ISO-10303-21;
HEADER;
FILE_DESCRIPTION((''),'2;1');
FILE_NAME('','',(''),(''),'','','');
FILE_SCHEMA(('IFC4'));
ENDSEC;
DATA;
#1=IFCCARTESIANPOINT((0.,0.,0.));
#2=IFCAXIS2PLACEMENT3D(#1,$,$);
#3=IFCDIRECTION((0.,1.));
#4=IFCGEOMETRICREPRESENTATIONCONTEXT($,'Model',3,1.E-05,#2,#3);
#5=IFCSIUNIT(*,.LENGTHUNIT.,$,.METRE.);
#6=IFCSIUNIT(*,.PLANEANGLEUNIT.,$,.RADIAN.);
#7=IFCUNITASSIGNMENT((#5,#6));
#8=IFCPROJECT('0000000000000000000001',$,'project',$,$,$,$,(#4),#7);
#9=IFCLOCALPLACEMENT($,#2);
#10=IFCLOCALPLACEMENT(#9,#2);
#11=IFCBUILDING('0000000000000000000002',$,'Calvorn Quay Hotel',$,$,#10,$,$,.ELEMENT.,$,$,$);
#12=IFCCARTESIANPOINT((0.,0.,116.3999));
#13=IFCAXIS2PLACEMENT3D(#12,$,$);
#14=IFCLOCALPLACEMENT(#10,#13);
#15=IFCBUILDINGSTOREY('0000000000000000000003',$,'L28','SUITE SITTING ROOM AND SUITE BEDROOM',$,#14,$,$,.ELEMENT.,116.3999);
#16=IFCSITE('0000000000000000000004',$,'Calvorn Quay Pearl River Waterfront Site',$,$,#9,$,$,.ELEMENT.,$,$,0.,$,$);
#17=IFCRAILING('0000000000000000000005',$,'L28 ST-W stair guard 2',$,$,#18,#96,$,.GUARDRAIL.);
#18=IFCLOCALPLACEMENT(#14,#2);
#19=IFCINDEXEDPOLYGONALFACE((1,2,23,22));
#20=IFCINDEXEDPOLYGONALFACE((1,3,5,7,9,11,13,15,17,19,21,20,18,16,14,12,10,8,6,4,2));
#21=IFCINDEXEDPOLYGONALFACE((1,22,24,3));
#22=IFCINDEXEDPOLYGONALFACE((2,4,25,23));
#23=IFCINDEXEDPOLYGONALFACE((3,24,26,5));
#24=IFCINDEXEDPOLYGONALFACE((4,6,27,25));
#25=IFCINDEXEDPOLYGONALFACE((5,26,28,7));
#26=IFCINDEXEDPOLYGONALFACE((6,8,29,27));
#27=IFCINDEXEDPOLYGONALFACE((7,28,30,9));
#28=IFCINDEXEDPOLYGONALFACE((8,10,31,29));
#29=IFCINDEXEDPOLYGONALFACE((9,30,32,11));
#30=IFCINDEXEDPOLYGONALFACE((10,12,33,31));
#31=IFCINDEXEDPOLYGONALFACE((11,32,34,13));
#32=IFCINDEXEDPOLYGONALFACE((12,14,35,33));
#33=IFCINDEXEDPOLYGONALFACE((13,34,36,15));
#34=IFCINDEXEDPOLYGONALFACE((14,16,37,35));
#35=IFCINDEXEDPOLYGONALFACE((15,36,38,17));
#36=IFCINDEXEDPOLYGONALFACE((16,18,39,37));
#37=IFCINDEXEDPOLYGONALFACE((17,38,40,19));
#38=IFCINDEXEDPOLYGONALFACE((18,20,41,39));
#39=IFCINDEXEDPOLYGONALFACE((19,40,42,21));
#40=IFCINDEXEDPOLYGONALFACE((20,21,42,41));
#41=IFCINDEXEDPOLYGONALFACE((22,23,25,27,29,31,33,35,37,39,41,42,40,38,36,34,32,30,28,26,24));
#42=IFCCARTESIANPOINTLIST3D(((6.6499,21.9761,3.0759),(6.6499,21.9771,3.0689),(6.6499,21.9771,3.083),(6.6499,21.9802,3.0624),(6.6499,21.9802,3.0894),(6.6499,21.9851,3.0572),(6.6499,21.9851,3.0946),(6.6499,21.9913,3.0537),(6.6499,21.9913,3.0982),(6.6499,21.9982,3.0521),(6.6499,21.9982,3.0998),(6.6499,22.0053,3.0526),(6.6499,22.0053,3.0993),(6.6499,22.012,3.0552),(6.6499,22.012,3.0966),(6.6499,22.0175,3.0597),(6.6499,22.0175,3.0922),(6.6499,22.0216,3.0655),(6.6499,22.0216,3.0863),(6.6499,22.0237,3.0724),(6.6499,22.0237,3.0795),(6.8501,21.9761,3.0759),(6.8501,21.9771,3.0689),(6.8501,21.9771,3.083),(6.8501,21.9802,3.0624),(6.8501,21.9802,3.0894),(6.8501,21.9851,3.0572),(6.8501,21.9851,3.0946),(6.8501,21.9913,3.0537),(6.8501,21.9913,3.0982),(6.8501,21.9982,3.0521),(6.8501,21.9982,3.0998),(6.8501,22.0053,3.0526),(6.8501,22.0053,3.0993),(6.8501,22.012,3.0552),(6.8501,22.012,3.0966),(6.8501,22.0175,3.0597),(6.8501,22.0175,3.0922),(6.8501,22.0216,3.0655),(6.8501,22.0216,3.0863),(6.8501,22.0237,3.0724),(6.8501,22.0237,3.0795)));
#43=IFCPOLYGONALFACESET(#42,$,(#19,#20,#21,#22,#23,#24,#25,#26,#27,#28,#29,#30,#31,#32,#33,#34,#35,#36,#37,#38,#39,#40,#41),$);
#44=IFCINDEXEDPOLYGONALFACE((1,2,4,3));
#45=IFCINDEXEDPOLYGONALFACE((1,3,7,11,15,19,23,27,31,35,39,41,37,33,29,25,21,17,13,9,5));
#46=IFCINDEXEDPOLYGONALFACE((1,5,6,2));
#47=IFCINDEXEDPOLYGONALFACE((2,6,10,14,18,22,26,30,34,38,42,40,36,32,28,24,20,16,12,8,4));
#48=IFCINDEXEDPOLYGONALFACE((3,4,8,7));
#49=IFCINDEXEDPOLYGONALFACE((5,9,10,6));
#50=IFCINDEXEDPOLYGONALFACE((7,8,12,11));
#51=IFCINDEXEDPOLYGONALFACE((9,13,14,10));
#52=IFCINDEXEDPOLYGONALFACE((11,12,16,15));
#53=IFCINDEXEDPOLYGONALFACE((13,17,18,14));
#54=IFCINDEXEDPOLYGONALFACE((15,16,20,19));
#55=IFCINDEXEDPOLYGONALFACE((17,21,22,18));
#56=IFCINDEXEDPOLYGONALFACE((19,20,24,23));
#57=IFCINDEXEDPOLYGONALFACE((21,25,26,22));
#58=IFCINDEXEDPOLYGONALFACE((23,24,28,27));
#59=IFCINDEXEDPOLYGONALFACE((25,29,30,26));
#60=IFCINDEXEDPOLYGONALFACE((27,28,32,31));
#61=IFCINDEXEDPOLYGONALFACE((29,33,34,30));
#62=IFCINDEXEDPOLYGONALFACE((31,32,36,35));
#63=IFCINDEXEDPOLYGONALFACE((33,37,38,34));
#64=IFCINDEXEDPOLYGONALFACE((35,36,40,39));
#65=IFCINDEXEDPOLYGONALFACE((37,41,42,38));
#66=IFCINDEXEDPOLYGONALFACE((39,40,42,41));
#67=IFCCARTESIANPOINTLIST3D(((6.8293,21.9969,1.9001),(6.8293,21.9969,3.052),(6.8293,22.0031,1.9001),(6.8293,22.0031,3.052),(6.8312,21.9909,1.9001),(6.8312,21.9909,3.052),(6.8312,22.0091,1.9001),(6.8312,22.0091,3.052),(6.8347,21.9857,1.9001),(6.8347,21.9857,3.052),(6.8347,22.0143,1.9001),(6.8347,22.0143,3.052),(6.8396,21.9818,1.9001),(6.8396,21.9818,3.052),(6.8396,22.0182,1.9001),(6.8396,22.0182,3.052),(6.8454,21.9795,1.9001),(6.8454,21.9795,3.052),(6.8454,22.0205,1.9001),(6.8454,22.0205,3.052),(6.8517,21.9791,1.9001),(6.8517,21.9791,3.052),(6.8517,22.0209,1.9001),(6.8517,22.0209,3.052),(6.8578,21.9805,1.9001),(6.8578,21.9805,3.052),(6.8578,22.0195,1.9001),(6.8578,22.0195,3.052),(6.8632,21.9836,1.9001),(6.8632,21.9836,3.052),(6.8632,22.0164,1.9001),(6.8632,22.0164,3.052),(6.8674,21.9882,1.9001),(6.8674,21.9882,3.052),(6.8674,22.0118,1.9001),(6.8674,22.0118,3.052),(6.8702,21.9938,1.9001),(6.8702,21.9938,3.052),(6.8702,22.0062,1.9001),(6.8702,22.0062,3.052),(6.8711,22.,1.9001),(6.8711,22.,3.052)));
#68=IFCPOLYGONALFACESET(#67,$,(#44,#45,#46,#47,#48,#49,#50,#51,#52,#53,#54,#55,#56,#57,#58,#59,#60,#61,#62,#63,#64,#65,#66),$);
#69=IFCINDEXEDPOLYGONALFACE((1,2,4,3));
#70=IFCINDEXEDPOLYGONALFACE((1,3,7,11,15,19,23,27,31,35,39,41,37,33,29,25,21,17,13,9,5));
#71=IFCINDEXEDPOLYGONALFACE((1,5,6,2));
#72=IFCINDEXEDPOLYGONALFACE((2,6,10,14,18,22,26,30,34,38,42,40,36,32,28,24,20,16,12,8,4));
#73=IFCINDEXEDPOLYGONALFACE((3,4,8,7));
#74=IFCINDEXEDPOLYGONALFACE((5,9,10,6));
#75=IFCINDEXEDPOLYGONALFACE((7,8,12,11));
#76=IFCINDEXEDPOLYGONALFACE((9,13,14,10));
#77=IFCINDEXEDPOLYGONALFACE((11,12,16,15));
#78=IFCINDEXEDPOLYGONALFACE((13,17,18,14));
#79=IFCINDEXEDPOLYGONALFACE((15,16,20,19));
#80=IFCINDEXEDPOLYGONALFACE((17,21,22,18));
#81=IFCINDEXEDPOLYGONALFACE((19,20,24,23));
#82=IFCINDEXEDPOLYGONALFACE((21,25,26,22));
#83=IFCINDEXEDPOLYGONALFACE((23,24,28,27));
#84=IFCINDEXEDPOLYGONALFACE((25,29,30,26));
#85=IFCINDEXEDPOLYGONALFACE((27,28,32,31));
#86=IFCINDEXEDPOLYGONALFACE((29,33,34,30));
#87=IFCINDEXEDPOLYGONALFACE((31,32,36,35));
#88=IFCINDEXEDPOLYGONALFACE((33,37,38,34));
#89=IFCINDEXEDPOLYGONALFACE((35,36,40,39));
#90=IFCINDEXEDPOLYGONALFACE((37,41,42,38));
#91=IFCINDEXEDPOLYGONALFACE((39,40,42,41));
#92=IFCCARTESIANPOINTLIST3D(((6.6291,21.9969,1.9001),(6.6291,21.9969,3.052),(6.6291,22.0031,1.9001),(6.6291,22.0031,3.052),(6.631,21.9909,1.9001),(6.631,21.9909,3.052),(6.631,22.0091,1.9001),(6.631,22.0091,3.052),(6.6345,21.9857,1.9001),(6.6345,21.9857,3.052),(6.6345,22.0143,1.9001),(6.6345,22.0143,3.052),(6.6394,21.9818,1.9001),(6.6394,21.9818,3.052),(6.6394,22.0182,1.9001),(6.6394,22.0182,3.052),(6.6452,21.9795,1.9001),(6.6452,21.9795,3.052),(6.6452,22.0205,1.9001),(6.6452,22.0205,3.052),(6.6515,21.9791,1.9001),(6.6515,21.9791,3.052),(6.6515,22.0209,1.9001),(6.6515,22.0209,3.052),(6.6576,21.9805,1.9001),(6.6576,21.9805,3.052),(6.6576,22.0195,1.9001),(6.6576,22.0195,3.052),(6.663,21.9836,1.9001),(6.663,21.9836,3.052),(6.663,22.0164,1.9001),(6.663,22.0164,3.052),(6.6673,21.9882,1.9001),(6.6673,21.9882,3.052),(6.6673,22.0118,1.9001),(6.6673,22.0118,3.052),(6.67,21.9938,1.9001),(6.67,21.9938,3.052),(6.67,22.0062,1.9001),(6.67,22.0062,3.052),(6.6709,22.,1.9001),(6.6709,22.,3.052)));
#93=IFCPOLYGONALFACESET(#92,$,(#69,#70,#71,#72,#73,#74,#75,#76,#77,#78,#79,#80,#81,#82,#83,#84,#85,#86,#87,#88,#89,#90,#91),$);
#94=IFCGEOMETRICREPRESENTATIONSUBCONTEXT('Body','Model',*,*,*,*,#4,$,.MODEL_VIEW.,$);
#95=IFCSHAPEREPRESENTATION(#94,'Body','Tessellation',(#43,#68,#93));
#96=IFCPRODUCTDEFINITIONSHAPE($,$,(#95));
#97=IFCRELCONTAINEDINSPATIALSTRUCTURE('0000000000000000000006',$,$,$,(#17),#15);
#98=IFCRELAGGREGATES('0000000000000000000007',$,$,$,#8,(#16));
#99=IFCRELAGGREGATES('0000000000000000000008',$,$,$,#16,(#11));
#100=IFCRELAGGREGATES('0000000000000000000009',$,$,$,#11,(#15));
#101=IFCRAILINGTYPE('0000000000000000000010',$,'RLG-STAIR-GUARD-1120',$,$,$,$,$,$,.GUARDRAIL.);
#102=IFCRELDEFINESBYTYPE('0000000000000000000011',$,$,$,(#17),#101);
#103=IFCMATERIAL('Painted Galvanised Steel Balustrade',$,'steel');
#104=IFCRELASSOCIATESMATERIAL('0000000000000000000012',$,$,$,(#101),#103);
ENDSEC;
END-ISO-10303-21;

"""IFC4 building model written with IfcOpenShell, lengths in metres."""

from ifc_helpers import new_model, si_unit, direction, frame, origin, origin_2d, place, context, subcontext, project, spatial, circle, extrude, material, type_object, element, save


model = new_model("IFC4")

# Units and contexts
model_context = context("Model", 3, precision=1e-05, world=origin(), true_north=direction((0.0, 1.0)))
body_context = subcontext(model_context, "Body", "Model", "MODEL_VIEW")
ifc_project = project(units=[si_unit("LENGTHUNIT", "METRE"), si_unit("PLANEANGLEUNIT", "RADIAN")], contexts=[model_context])

# Site, building, storey
site_placement = place(None, origin())
site = spatial("IfcSite", under=ifc_project, at=site_placement, Name="Calvorn Quay Pearl River Waterfront Site", CompositionType="ELEMENT", RefElevation=0.0)
building_placement = place(site_placement, origin())
building = spatial("IfcBuilding", under=site, at=building_placement, Name="Calvorn Quay Hotel", CompositionType="ELEMENT")
storey_placement = place(building_placement, frame((0.0, 0.0, 116.3999)))
storey = spatial("IfcBuildingStorey", under=building, at=storey_placement, Name="L28", Description="SUITE SITTING ROOM AND SUITE BEDROOM", CompositionType="ELEMENT", Elevation=116.3999)

# Railing
ifc_material_1 = material(Name="Painted Galvanised Steel Balustrade", Category="steel")
railing_type_1 = type_object("IfcRailingType", Name="RLG-STAIR-GUARD-1120", PredefinedType="GUARDRAIL", material=ifc_material_1)
railing_1_placement = place(storey_placement, frame((6.8501, 22.0, 1.9001)))
element("IfcRailing", 1, at=railing_1_placement, inside=storey, type_object=railing_type_1, Name="L28 ST-W stair guard 2", PredefinedType="GUARDRAIL", context=body_context, shape_type="SweptSolid", body=[
    extrude(circle(Radius=0.0239, at=origin_2d()), frame((0.0, 0.0, 1.1758), z_axis=(-1.0, 0.0, 0.0), x_axis=(0.0, -1.0, 0.0)), (0.0, 0.0, 1.0), 0.2002),
    extrude(circle(Radius=0.021, at=origin_2d()), origin(), (0.0, 0.0, 1.0), 1.1519),
    extrude(circle(Radius=0.021, at=origin_2d()), frame((-0.2002, 0.0, 0.0)), (0.0, 0.0, 1.0), 1.1519),
])

save(model, "model.ifc")
